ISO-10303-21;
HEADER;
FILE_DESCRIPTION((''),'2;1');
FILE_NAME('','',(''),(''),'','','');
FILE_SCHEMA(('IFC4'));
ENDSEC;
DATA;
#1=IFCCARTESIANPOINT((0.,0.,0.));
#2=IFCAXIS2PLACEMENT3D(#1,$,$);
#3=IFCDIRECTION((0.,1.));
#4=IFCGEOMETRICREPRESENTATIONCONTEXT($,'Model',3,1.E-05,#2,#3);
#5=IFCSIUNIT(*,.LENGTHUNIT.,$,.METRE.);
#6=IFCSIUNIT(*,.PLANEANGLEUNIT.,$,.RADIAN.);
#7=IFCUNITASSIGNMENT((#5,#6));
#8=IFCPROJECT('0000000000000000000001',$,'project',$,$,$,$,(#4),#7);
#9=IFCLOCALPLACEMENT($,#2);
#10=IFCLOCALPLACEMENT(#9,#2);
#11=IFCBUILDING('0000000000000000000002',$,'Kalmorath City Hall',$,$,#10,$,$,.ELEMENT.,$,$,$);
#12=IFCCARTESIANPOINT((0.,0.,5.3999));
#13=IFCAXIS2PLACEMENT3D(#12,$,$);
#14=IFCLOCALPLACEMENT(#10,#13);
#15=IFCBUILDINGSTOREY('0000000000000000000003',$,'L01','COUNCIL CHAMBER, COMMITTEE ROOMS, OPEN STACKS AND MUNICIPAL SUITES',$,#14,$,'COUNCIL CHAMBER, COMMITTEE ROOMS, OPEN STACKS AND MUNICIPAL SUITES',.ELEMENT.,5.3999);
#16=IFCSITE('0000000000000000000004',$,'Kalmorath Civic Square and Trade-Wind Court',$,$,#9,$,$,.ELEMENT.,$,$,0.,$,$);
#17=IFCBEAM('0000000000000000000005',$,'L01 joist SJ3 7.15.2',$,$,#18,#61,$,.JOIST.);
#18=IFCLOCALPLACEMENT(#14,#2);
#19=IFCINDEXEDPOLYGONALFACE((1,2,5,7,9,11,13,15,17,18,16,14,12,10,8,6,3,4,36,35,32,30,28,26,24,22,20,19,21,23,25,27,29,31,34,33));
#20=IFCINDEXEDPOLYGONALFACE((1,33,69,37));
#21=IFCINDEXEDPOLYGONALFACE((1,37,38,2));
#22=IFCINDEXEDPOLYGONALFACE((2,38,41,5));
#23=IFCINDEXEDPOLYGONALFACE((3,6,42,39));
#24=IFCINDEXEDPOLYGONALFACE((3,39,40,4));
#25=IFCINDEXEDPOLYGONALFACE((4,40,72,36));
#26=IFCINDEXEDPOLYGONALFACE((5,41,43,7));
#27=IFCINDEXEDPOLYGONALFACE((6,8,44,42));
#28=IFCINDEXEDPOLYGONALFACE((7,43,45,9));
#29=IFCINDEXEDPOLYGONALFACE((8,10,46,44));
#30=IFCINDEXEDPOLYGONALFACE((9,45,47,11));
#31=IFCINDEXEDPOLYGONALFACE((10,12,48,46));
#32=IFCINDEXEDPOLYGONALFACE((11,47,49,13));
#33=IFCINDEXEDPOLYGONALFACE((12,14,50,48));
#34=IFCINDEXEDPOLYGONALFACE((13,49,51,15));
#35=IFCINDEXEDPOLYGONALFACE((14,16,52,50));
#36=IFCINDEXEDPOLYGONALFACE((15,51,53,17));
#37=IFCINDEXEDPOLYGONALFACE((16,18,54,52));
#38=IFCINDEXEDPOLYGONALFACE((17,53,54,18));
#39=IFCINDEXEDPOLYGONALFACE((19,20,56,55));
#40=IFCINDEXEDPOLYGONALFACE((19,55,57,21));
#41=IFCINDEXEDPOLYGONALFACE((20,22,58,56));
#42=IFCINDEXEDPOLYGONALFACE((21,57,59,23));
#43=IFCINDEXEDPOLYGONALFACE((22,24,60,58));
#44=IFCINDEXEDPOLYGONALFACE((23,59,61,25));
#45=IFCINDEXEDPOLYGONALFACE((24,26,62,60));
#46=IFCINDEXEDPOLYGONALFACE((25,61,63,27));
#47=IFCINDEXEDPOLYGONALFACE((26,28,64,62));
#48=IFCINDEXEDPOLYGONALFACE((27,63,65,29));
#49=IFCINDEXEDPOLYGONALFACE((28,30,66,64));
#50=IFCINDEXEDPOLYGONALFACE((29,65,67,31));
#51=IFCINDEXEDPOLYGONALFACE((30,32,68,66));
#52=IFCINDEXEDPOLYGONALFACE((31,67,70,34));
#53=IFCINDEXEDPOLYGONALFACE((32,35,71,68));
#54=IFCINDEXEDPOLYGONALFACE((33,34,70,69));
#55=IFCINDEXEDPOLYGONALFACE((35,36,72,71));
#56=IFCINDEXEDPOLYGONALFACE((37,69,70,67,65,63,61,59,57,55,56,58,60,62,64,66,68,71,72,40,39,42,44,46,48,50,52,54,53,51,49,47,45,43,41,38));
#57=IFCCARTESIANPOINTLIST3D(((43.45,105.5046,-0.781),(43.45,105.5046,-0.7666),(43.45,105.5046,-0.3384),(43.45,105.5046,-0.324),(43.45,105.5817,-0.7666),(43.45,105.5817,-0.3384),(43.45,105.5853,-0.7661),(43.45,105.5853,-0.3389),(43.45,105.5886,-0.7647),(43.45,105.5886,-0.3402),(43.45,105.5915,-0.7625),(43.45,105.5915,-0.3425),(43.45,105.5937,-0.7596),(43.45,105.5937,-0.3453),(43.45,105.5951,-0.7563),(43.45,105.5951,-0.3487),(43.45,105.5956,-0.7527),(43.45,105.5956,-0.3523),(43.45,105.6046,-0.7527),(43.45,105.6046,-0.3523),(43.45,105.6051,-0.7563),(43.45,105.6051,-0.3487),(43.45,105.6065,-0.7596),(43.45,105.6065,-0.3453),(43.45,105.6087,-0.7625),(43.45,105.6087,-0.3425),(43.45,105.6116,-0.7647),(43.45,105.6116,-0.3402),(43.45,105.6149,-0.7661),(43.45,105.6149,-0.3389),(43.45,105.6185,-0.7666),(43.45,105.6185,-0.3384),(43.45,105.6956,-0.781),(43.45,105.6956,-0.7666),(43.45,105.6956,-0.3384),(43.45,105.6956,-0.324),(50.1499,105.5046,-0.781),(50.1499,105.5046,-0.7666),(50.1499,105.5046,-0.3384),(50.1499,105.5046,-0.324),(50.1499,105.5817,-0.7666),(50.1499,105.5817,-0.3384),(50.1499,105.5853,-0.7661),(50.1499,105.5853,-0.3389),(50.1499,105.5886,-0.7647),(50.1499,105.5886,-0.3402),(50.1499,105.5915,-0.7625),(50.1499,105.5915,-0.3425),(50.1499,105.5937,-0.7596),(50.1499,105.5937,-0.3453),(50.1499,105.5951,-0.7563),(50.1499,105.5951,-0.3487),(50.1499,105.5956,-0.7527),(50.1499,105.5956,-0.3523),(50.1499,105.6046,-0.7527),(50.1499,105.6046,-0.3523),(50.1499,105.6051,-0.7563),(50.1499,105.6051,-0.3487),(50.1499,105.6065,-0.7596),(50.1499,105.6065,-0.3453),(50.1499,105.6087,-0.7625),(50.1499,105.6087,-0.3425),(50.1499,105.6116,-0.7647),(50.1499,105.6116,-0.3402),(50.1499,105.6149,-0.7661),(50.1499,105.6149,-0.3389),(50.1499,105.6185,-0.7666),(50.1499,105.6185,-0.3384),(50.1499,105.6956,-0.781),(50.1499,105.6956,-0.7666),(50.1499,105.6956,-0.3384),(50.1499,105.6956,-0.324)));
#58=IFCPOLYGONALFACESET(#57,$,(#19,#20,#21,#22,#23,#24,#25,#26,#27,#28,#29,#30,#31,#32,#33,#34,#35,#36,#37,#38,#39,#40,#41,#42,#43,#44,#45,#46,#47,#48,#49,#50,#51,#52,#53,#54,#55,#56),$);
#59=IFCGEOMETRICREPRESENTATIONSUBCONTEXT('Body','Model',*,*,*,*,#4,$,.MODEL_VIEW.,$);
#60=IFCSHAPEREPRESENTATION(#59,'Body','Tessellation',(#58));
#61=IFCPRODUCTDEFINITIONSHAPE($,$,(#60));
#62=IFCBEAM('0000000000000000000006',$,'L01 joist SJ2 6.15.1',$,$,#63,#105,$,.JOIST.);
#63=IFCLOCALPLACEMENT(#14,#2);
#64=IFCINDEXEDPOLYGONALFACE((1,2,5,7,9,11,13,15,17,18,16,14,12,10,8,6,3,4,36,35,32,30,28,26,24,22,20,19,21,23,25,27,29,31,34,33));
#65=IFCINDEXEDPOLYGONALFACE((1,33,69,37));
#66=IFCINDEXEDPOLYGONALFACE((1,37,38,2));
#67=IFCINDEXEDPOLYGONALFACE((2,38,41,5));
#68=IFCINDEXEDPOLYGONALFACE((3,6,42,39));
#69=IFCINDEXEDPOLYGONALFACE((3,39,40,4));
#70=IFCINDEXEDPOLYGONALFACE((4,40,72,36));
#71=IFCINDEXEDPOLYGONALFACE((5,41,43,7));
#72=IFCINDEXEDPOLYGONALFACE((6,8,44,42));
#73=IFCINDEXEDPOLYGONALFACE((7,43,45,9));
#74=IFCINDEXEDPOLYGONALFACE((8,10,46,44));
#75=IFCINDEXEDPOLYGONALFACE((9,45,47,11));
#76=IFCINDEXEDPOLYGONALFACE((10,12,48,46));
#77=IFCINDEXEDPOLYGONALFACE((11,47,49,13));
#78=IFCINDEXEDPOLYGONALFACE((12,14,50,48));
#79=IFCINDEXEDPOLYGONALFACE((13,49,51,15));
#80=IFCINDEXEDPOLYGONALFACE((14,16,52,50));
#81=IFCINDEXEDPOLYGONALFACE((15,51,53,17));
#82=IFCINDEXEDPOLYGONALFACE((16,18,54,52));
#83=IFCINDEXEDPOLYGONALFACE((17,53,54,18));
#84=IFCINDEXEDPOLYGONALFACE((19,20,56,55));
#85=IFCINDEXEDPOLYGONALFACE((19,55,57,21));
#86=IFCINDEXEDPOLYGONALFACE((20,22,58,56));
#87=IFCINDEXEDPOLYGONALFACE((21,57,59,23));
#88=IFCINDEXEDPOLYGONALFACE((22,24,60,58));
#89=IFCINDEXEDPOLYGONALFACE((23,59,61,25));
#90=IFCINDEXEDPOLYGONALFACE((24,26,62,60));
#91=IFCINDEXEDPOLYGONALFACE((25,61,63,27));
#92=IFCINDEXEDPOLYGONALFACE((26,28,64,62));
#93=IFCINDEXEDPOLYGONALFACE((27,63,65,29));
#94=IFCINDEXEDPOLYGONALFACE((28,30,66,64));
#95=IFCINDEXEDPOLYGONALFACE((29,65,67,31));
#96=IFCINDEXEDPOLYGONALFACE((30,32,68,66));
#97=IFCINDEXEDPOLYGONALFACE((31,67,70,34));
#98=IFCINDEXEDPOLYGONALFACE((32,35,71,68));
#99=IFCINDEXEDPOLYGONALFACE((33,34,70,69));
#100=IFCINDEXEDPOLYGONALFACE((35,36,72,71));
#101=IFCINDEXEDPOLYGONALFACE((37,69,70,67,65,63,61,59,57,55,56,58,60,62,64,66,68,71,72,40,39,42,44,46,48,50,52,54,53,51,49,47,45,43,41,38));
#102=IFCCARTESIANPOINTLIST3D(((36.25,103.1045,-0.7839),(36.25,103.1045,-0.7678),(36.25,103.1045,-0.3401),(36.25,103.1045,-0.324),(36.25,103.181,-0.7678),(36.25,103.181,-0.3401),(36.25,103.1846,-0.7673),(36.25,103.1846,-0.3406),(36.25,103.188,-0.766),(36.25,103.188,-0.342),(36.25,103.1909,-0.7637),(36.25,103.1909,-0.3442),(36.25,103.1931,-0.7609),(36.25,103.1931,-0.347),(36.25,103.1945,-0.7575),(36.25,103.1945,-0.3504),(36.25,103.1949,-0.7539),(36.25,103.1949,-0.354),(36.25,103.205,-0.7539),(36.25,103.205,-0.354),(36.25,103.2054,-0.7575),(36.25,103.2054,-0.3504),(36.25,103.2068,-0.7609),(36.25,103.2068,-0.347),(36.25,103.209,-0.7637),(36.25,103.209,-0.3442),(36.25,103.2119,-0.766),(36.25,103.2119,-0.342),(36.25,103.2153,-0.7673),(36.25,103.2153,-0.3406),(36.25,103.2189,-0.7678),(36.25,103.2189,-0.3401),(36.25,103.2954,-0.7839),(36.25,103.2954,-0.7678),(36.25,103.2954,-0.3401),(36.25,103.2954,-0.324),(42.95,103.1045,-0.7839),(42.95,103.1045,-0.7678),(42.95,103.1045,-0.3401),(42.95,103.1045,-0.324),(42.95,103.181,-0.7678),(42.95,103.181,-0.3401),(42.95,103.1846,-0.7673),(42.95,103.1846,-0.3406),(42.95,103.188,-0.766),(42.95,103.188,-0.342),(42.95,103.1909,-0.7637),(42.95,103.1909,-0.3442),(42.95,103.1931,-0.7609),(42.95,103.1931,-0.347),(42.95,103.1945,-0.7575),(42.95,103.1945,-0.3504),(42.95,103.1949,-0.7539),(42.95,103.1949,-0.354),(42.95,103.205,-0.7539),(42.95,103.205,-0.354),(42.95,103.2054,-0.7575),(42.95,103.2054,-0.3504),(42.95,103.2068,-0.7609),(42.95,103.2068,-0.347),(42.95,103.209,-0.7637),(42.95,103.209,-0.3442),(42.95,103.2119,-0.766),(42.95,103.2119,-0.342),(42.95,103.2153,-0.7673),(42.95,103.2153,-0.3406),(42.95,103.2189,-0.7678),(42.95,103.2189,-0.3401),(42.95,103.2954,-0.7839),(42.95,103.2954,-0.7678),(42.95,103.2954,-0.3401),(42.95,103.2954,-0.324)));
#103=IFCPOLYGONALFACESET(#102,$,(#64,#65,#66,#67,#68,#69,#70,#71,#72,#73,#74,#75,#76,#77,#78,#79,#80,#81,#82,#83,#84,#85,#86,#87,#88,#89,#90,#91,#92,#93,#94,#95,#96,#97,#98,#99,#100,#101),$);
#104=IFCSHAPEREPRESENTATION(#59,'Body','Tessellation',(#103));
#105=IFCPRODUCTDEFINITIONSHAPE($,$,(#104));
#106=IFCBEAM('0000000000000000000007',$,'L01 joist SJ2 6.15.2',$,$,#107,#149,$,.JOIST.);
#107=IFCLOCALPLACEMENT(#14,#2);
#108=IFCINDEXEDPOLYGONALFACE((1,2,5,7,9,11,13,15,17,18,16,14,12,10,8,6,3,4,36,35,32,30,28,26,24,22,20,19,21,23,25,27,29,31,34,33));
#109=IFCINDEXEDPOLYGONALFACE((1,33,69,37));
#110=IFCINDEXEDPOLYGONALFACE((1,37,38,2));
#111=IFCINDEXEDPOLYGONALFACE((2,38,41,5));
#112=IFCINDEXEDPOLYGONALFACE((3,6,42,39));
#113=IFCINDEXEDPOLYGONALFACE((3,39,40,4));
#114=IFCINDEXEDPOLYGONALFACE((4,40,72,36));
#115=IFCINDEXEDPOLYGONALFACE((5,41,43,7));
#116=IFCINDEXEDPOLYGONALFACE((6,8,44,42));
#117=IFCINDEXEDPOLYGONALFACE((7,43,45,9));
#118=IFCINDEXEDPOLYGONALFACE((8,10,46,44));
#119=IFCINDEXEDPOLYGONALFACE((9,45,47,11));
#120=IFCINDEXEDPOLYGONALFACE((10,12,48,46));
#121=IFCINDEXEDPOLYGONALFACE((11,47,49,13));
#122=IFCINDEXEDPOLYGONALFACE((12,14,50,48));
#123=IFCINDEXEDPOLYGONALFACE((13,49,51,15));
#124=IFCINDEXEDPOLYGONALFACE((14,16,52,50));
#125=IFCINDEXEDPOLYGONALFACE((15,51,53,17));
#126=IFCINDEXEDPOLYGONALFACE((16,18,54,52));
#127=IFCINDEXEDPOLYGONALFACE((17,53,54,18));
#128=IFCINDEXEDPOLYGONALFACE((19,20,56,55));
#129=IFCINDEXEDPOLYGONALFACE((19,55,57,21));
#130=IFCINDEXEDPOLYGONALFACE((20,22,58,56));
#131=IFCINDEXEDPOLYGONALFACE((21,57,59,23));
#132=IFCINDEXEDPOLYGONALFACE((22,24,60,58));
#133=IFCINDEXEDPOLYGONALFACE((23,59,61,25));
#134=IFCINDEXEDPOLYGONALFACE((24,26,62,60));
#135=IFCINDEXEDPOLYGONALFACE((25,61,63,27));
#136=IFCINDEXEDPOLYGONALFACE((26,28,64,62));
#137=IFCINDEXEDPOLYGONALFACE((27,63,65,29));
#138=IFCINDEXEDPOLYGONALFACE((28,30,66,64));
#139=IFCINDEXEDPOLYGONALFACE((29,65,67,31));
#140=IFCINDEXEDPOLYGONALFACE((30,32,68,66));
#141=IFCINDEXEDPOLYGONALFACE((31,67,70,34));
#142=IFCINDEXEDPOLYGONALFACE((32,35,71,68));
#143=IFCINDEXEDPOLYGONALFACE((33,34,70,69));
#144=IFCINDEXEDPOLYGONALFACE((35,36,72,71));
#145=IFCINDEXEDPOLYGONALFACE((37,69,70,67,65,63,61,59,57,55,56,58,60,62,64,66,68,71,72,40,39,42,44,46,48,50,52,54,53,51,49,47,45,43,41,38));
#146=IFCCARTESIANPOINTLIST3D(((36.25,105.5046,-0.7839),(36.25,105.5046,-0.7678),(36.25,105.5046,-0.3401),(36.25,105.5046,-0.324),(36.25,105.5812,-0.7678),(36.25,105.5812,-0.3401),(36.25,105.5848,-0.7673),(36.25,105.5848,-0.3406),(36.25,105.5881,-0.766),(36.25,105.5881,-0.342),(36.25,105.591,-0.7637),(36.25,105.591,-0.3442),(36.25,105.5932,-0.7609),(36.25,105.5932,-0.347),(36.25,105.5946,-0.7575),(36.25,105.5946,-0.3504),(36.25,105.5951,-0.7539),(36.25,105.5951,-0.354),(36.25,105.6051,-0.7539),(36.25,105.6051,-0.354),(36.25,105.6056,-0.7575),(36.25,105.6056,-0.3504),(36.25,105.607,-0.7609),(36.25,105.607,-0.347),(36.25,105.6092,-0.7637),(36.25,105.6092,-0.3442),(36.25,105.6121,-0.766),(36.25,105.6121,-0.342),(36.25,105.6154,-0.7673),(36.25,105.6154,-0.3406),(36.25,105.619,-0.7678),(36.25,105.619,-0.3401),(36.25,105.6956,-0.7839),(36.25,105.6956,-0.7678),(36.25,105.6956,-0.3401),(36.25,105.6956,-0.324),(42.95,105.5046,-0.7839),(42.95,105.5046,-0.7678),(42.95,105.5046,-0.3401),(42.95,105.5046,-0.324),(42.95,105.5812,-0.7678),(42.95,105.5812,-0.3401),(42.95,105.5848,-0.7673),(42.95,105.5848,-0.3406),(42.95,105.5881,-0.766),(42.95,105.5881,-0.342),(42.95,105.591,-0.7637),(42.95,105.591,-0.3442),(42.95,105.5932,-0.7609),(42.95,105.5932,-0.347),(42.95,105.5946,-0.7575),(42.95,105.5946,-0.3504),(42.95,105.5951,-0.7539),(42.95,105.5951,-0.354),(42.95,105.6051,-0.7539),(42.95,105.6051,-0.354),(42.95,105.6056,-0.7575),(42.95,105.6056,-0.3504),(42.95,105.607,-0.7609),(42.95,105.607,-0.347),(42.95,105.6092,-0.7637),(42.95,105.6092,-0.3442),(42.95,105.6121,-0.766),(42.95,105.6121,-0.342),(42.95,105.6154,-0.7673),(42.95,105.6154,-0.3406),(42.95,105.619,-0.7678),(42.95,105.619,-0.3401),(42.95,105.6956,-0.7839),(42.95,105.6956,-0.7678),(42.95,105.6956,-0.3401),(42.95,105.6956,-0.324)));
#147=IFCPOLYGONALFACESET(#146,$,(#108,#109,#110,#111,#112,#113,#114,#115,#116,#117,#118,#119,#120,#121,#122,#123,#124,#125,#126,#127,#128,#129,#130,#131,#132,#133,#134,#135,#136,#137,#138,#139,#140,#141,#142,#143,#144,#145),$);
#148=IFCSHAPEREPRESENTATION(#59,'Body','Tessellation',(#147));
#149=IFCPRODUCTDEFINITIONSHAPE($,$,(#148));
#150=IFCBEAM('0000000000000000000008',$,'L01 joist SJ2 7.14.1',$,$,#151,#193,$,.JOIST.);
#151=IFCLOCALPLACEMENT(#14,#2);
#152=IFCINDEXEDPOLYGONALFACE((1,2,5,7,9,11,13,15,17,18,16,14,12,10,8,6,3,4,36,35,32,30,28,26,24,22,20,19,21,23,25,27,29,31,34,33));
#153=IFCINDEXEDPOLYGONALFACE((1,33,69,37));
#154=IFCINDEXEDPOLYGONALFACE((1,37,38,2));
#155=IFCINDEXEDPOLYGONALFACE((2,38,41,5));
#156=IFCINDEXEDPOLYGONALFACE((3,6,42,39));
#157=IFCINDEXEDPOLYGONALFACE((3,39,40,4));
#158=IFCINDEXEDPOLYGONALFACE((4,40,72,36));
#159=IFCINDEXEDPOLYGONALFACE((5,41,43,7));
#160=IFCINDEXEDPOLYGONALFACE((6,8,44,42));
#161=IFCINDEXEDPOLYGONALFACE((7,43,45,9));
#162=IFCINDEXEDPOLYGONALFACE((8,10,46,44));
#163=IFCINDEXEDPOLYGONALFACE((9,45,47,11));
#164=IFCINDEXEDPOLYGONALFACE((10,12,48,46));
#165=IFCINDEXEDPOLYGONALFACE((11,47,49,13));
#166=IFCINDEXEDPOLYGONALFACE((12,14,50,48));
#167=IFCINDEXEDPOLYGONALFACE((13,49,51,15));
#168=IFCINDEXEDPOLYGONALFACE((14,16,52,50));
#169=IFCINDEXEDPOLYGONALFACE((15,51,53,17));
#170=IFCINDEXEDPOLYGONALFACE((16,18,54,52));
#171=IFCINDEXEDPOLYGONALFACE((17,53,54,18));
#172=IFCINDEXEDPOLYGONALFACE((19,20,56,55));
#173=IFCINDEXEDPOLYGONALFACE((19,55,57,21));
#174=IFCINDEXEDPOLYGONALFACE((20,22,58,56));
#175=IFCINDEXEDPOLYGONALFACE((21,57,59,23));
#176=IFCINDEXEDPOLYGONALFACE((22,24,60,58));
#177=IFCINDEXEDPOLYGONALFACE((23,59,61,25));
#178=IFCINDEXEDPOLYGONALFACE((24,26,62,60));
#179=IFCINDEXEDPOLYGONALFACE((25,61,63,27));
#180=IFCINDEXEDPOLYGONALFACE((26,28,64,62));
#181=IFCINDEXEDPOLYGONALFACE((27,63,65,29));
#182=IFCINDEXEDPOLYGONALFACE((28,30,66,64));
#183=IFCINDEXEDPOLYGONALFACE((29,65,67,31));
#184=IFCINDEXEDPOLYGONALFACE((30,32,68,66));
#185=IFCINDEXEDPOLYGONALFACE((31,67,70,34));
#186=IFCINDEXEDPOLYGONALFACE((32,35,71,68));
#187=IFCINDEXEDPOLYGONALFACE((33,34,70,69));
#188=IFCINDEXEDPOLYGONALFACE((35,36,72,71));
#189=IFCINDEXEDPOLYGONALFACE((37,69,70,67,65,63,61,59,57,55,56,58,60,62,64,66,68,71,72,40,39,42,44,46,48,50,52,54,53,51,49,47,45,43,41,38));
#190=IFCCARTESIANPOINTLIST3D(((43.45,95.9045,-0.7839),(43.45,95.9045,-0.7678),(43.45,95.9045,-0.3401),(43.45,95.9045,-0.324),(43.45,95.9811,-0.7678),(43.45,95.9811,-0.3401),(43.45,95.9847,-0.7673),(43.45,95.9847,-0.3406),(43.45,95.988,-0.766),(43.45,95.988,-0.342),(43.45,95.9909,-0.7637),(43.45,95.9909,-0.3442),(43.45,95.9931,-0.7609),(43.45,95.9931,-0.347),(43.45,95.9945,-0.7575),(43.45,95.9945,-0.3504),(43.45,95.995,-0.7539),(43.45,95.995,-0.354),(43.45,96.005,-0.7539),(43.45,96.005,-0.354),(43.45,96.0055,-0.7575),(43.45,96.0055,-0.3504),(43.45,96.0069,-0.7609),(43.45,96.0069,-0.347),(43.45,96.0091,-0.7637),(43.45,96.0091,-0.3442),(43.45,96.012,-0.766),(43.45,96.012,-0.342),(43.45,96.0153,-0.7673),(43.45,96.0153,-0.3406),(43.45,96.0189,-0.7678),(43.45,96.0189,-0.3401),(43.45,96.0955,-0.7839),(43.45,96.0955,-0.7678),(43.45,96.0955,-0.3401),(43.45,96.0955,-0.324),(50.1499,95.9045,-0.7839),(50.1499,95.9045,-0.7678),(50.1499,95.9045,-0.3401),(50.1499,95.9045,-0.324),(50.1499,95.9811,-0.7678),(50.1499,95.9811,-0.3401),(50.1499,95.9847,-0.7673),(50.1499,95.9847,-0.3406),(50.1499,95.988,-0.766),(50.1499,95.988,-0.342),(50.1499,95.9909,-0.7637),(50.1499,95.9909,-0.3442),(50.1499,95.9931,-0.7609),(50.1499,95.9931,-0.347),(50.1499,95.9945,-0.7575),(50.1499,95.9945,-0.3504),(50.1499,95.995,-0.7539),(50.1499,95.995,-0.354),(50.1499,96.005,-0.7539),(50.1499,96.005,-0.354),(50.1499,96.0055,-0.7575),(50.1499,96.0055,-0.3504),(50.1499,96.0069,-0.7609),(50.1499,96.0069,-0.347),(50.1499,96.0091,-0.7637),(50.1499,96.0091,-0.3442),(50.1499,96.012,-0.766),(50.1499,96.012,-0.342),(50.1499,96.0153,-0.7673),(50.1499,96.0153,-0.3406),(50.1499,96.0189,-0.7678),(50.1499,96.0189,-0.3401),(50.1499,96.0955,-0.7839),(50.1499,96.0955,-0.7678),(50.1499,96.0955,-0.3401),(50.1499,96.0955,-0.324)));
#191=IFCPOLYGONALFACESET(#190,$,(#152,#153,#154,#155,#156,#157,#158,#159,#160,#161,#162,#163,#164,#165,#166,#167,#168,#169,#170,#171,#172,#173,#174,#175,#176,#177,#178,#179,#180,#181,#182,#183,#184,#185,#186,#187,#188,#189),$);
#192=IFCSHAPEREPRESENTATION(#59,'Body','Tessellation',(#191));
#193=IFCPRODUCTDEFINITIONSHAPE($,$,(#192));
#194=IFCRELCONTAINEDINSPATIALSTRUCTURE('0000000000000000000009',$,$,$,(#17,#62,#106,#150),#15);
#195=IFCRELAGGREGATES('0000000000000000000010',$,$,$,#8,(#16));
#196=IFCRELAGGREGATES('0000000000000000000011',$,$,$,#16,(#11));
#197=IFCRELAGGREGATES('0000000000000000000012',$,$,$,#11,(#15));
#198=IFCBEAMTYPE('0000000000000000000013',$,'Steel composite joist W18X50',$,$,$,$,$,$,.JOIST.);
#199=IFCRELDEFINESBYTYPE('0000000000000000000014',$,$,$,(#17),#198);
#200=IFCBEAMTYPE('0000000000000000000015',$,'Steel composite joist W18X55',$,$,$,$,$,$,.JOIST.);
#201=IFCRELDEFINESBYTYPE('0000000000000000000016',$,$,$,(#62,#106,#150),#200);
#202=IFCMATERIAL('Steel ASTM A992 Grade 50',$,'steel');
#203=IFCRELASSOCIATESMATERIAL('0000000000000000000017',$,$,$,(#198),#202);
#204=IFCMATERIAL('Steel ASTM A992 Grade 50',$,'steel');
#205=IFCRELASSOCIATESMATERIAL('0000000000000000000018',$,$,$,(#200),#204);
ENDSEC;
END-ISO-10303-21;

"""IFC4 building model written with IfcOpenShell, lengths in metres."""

from ifc_helpers import new_model, si_unit, direction, frame, origin, origin_2d, place, context, subcontext, project, spatial, i_section, extrude, material, material_profile, profile_set, type_object, element, save


model = new_model("IFC4")

# Units and contexts
model_context = context("Model", 3, precision=1e-05, world=origin(), true_north=direction((0.0, 1.0)))
body_context = subcontext(model_context, "Body", "Model", "MODEL_VIEW")
ifc_project = project(units=[si_unit("LENGTHUNIT", "METRE"), si_unit("PLANEANGLEUNIT", "RADIAN")], contexts=[model_context])

# Site, building, storey
site_placement = place(None, origin())
site = spatial("IfcSite", under=ifc_project, at=site_placement, Name="Kalmorath Civic Square and Trade-Wind Court", CompositionType="ELEMENT", RefElevation=0.0)
building_placement = place(site_placement, origin())
building = spatial("IfcBuilding", under=site, at=building_placement, Name="Kalmorath City Hall", CompositionType="ELEMENT")
storey_placement = place(building_placement, frame((0.0, 0.0, 5.3999)))
storey = spatial("IfcBuildingStorey", under=building, at=storey_placement, Name="L01", Description="COUNCIL CHAMBER, COMMITTEE ROOMS, OPEN STACKS AND MUNICIPAL SUITES", LongName="COUNCIL CHAMBER, COMMITTEE ROOMS, OPEN STACKS AND MUNICIPAL SUITES", CompositionType="ELEMENT", Elevation=5.3999)

# Beams
ifc_material_1 = material(Name="Steel ASTM A992 Grade 50", Category="steel")
ifc_material_profile_1 = material_profile(ifc_material_1, i_section(OverallWidth=0.1909, OverallDepth=0.457, WebThickness=0.009, FlangeThickness=0.0144, FilletRadius=0.0139, at=origin_2d()), Name="W18X50")
ifc_profile_set_1 = profile_set([ifc_material_profile_1], Name="Steel ASTM A992 Grade 50")
beam_type_1 = type_object("IfcBeamType", Name="Steel composite joist W18X50", PredefinedType="JOIST", material=ifc_profile_set_1)
for number, where, z_axis, x_axis, name in (
    (1, (43.45, 105.6001, -0.5525), (1.0, 0.0, 0.0), (0.0, 1.0, 0.0), "L01 joist SJ3 7.15.2"),
):
    element("IfcBeam", number, at=place(storey_placement, frame(where, z_axis=z_axis, x_axis=x_axis)), inside=storey, type_object=beam_type_1, Name=name, PredefinedType="JOIST", context=body_context, shape_type="SweptSolid", body=[
        extrude(i_section(OverallWidth=0.1909, OverallDepth=0.457, WebThickness=0.009, FlangeThickness=0.0144, FilletRadius=0.0139, at=origin_2d()), origin(), (0.0, 0.0, 1.0), 6.7),
    ])
ifc_material_2 = material(Name="Steel ASTM A992 Grade 50", Category="steel")
ifc_material_profile_2 = material_profile(ifc_material_2, i_section(OverallWidth=0.1909, OverallDepth=0.46, WebThickness=0.01, FlangeThickness=0.0161, FilletRadius=0.0139, at=origin_2d()), Name="W18X55")
ifc_profile_set_2 = profile_set([ifc_material_profile_2], Name="Steel ASTM A992 Grade 50")
beam_type_2 = type_object("IfcBeamType", Name="Steel composite joist W18X55", PredefinedType="JOIST", material=ifc_profile_set_2)
for number, where, z_axis, x_axis, name in (
    (2, (36.25, 103.2, -0.554), (1.0, 0.0, 0.0), (0.0, 1.0, 0.0), "L01 joist SJ2 6.15.1"),
    (3, (36.25, 105.6001, -0.554), (1.0, 0.0, 0.0), (0.0, 1.0, 0.0), "L01 joist SJ2 6.15.2"),
    (4, (43.45, 96.0, -0.554), (1.0, 0.0, 0.0), (0.0, 1.0, 0.0), "L01 joist SJ2 7.14.1"),
):
    element("IfcBeam", number, at=place(storey_placement, frame(where, z_axis=z_axis, x_axis=x_axis)), inside=storey, type_object=beam_type_2, Name=name, PredefinedType="JOIST", context=body_context, shape_type="SweptSolid", body=[
        extrude(i_section(OverallWidth=0.1909, OverallDepth=0.46, WebThickness=0.01, FlangeThickness=0.0161, FilletRadius=0.0139, at=origin_2d()), origin(), (0.0, 0.0, 1.0), 6.7),
    ])

save(model, "model.ifc")
